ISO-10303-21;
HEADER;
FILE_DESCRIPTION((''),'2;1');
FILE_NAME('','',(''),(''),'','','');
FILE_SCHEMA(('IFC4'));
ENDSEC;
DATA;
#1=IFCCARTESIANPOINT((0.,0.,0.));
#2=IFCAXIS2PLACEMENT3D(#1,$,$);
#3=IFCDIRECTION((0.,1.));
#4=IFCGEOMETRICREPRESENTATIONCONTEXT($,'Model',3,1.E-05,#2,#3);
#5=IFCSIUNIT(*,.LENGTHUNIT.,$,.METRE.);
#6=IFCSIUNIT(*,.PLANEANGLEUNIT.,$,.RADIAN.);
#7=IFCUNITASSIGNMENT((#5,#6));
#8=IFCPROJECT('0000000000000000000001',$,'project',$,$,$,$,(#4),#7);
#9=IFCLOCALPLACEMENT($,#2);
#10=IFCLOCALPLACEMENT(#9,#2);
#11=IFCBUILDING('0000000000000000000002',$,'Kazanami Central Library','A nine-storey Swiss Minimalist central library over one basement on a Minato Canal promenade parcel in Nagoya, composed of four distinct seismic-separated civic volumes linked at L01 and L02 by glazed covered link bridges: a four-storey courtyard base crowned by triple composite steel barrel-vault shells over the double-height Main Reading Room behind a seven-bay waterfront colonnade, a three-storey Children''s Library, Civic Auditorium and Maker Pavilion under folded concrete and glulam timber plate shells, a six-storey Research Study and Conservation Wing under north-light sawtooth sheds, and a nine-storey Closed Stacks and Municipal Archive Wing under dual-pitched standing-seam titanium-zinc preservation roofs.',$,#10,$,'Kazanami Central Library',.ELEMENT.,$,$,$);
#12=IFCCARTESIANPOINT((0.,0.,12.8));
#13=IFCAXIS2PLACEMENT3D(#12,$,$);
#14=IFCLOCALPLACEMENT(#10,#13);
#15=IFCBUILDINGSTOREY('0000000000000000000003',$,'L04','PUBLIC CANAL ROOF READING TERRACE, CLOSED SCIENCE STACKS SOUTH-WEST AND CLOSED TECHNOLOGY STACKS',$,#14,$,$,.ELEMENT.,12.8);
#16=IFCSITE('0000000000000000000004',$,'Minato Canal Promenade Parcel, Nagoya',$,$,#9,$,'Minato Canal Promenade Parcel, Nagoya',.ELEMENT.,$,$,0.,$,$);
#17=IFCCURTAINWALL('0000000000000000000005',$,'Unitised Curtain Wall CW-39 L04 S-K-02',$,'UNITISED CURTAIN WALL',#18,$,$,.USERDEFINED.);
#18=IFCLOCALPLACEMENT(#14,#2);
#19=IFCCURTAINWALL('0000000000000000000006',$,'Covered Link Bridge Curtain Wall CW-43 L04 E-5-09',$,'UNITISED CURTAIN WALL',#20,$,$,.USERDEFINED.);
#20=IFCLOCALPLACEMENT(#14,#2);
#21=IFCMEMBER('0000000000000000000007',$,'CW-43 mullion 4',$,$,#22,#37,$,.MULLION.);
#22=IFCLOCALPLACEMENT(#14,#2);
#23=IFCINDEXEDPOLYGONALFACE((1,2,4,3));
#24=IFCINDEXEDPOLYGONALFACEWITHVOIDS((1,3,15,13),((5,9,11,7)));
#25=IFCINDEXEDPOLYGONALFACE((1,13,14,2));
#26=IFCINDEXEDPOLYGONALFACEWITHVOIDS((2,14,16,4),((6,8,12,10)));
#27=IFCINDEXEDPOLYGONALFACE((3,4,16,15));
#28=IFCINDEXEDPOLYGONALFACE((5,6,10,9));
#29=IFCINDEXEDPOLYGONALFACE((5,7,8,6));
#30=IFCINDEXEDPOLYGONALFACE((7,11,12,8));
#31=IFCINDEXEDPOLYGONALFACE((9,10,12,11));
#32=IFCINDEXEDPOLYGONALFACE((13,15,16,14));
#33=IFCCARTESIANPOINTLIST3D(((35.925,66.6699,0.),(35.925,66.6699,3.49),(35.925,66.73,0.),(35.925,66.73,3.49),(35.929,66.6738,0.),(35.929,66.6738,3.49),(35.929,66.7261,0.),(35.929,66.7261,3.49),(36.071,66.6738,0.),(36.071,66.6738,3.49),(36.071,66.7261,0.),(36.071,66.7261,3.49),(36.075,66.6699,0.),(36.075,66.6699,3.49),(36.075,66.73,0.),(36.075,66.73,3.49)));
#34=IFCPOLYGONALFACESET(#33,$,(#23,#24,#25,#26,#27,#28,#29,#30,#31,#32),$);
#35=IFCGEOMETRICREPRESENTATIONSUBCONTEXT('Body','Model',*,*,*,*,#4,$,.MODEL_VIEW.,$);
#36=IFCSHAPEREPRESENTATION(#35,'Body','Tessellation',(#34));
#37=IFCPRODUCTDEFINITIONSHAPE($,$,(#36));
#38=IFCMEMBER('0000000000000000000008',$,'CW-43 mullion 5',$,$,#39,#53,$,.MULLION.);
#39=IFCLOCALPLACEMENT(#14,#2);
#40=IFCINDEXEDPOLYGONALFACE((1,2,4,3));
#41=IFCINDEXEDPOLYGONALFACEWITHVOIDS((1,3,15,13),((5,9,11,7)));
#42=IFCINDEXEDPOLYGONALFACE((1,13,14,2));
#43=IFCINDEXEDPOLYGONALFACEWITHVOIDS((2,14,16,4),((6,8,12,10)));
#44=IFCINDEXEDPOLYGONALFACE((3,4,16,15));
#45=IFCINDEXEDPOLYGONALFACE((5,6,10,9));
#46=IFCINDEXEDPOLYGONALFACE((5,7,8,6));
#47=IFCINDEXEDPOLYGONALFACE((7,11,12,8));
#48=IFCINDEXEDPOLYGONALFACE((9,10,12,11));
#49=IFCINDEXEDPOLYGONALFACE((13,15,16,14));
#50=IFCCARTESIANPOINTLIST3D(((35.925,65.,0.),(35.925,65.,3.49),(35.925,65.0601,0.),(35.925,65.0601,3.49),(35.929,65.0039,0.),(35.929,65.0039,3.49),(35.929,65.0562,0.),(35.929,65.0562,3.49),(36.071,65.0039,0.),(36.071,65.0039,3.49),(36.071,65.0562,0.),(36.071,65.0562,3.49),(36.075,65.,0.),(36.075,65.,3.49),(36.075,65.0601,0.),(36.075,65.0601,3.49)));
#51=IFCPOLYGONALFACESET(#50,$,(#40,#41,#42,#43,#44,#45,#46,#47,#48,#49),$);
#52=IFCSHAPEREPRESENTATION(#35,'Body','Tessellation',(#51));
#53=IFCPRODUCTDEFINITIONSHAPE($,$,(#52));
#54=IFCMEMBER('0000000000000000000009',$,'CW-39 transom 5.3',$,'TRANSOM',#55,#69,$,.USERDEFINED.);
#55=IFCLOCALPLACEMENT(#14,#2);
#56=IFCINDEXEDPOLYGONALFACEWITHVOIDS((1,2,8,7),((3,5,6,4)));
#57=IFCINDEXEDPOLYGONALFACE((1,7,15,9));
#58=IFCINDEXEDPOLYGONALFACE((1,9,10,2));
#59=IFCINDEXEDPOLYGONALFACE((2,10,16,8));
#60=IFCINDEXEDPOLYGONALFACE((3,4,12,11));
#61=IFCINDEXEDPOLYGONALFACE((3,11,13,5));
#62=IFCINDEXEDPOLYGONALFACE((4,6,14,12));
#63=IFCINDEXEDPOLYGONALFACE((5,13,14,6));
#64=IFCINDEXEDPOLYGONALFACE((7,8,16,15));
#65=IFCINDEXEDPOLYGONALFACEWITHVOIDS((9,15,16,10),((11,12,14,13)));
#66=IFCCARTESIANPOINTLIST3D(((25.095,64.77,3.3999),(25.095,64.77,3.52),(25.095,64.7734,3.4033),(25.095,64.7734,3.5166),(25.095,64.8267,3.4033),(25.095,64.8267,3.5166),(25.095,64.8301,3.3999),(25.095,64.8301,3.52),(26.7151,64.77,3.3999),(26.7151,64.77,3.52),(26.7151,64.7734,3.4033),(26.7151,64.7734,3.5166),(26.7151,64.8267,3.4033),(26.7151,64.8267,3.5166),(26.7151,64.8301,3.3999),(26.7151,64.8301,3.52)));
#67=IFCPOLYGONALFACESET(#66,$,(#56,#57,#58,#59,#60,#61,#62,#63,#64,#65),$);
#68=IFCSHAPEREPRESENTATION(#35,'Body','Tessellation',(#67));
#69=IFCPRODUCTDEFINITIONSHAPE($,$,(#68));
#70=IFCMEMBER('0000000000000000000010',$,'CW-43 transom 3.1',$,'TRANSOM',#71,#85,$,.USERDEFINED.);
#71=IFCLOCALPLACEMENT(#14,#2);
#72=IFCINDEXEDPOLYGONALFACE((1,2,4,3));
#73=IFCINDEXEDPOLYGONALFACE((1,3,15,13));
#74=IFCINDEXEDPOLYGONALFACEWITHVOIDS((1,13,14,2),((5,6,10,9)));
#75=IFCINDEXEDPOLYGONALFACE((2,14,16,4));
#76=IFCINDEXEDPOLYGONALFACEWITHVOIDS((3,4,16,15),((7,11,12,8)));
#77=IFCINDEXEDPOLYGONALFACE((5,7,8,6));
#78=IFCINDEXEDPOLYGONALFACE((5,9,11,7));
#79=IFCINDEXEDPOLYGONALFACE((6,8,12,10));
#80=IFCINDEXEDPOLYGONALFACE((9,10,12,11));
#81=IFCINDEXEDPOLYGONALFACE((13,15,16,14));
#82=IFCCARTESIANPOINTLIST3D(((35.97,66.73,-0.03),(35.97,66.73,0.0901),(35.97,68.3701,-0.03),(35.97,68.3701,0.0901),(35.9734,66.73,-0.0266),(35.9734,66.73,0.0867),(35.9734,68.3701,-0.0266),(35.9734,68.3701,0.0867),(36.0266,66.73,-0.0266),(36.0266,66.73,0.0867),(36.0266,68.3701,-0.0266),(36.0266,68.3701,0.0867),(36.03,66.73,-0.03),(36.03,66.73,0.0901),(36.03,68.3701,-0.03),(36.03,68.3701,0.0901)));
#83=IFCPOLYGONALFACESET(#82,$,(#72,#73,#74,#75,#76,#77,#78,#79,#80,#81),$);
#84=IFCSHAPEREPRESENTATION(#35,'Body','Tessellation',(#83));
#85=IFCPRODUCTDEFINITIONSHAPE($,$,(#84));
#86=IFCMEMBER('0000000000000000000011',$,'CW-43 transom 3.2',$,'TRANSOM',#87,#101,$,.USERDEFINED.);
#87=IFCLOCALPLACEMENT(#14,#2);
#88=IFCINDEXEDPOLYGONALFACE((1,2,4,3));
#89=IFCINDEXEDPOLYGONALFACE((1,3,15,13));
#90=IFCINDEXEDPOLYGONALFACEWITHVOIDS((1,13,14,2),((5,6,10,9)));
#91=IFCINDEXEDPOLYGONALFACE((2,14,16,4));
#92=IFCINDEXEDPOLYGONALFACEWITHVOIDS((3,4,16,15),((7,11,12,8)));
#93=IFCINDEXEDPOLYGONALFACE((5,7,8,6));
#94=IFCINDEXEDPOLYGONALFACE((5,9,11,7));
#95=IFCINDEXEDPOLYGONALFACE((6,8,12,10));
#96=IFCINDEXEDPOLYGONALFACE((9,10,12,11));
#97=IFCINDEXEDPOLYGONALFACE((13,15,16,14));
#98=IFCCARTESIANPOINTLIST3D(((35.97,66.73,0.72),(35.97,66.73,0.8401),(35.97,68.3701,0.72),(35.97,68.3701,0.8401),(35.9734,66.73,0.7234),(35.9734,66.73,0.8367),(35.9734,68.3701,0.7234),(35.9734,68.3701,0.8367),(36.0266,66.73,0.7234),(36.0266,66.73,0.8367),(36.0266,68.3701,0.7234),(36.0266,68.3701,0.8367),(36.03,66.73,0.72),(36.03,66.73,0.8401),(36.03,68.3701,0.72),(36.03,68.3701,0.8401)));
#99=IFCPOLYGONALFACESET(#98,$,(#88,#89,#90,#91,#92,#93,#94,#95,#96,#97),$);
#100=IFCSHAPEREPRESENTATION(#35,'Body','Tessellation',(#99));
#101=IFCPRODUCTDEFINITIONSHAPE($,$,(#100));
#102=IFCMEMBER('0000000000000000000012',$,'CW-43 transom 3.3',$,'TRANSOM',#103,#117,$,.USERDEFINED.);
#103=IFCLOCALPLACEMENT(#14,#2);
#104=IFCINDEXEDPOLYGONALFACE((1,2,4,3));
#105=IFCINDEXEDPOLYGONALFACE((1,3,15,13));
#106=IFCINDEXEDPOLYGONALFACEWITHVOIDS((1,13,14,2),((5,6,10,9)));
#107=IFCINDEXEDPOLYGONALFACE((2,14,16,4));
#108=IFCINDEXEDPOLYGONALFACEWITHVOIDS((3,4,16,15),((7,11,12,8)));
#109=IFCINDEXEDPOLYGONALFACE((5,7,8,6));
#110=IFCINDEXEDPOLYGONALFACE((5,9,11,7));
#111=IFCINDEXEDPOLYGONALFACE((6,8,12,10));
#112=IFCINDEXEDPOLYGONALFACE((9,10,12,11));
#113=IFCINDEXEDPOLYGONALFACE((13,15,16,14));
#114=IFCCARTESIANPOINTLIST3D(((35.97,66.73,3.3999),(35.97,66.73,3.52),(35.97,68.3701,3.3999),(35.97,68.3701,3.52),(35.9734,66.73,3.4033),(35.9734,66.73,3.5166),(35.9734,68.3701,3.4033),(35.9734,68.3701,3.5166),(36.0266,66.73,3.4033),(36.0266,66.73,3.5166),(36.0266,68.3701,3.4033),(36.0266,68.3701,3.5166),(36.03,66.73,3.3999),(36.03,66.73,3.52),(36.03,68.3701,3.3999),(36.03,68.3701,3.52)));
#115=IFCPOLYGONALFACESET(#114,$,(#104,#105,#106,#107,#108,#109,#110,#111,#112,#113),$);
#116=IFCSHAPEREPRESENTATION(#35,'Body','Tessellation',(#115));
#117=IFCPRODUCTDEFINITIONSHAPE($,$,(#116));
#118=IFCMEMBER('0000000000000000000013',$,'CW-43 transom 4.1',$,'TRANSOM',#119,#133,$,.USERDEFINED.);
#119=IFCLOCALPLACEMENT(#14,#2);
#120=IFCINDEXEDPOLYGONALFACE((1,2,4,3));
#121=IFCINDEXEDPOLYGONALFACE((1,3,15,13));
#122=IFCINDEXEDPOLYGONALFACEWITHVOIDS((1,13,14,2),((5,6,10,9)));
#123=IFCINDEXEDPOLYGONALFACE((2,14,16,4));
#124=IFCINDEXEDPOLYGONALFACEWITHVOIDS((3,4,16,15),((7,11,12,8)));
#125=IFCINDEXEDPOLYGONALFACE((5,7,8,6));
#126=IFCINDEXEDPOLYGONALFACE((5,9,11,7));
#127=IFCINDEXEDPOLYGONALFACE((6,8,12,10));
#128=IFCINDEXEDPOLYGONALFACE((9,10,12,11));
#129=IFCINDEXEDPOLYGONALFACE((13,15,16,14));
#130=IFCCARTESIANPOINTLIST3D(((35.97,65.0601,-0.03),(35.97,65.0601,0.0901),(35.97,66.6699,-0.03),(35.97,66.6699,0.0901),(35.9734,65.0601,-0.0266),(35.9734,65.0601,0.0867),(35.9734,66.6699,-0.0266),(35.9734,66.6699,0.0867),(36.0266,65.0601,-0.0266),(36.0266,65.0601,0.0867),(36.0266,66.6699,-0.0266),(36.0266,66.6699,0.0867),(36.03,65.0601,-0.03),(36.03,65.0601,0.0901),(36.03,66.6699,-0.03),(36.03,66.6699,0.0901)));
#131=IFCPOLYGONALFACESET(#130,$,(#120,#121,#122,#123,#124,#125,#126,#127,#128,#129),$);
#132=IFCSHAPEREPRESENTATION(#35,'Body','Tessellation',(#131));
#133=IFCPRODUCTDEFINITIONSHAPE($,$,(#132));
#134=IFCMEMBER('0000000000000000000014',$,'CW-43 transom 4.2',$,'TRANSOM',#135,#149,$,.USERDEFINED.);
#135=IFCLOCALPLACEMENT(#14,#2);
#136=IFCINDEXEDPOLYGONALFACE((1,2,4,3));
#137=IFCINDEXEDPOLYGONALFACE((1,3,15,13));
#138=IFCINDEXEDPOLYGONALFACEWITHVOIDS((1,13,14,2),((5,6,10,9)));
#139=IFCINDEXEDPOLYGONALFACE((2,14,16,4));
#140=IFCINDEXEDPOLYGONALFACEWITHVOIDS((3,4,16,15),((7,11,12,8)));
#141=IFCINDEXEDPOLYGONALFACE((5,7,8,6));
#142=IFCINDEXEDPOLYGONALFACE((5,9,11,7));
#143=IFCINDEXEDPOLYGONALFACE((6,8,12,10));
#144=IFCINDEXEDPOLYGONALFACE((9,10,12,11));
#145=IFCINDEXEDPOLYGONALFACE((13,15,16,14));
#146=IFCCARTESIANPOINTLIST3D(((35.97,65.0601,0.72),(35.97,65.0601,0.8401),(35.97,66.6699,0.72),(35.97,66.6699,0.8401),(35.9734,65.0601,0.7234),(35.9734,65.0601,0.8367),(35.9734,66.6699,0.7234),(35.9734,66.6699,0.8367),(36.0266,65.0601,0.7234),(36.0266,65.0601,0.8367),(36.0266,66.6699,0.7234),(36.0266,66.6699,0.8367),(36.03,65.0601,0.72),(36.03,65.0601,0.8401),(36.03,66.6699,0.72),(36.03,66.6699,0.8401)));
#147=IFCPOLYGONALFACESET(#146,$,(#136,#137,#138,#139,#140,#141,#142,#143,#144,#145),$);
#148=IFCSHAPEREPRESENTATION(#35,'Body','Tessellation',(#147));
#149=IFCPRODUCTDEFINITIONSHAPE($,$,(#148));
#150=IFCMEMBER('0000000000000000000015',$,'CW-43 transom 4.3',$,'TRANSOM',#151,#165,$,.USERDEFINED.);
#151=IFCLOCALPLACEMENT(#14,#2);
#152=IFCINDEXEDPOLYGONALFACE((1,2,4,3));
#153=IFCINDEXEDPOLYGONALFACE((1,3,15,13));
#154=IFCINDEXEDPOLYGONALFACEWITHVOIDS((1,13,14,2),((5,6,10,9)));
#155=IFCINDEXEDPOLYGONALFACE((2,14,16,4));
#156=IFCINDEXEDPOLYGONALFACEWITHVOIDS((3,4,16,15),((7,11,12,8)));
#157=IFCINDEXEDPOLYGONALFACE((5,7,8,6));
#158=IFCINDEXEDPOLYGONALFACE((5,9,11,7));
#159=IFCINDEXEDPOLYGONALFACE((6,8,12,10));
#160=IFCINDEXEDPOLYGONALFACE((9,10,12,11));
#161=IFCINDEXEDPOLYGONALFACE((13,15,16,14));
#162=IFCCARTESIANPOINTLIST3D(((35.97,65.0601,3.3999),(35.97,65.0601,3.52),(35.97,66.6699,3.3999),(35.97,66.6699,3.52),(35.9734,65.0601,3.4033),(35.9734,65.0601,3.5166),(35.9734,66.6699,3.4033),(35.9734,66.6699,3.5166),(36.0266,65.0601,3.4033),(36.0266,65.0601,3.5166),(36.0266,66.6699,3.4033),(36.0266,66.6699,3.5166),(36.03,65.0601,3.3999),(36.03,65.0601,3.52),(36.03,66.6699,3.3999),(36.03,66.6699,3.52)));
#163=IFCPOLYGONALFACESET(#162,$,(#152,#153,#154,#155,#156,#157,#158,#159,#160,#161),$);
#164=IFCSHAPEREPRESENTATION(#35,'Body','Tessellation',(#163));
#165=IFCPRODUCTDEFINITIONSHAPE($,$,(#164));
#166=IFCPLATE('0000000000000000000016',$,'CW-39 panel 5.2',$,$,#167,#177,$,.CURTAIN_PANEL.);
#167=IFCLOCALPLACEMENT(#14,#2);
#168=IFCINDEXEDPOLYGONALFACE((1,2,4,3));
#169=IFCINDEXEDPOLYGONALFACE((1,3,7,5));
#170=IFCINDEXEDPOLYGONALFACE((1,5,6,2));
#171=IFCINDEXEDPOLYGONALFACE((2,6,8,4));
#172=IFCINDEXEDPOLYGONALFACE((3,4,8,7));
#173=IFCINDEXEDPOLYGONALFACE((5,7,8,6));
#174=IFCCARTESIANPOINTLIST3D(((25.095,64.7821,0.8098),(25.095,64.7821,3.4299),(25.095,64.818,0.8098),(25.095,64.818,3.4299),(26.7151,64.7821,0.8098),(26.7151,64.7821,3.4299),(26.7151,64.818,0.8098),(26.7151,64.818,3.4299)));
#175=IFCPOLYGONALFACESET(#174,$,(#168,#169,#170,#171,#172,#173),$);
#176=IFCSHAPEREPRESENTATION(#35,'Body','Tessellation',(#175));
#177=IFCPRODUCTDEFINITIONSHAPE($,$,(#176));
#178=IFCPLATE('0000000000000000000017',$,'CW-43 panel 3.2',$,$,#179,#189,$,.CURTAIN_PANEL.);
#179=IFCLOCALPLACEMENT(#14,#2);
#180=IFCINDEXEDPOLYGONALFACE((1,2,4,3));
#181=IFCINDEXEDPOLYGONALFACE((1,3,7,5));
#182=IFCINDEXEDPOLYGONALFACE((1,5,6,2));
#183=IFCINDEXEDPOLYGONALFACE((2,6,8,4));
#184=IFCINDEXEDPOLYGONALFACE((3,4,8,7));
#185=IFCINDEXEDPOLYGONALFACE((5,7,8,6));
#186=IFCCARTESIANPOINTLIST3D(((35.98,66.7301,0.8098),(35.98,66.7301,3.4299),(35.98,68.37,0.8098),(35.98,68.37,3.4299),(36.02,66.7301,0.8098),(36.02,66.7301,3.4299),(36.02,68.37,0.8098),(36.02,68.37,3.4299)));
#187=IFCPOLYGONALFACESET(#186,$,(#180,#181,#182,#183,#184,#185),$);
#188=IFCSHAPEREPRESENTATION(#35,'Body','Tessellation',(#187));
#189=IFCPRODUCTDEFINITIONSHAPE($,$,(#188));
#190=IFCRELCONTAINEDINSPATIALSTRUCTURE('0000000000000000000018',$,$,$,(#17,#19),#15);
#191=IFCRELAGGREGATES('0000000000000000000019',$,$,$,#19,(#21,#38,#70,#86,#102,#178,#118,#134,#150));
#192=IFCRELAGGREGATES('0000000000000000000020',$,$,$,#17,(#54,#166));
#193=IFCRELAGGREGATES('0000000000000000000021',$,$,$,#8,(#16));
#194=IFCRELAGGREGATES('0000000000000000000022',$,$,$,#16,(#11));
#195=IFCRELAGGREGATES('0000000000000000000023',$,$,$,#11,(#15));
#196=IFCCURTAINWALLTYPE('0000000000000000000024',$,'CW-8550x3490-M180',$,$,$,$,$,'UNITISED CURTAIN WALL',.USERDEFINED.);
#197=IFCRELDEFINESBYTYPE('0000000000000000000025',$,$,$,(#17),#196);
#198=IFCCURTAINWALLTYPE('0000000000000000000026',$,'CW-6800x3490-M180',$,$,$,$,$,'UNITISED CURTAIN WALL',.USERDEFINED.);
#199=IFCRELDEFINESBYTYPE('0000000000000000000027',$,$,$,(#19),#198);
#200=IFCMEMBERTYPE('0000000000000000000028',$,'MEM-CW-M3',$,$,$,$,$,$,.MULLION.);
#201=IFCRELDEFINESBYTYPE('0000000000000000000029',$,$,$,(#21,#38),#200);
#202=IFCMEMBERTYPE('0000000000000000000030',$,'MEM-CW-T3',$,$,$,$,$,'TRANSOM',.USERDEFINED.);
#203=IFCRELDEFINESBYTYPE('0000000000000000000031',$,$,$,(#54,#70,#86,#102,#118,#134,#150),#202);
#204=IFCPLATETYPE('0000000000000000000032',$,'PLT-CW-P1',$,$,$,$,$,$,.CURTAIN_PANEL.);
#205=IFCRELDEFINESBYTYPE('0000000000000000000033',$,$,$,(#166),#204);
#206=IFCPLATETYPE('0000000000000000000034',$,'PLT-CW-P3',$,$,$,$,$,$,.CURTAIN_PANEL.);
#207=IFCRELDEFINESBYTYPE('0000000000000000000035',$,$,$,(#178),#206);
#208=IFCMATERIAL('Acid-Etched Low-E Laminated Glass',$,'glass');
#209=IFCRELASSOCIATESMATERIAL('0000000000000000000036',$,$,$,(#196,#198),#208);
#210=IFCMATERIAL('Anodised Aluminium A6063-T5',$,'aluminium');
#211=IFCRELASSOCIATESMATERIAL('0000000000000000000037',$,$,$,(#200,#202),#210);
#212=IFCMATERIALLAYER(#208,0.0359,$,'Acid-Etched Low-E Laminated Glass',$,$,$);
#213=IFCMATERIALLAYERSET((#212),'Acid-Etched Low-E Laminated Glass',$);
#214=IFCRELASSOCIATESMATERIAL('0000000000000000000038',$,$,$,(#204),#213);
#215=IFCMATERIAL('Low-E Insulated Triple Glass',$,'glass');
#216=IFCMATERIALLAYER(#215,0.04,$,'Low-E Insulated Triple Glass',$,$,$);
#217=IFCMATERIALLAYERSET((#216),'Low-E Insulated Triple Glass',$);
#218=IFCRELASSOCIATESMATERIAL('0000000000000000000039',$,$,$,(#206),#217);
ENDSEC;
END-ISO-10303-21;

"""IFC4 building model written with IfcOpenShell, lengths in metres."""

from ifc_helpers import new_model, si_unit, direction, frame, origin, origin_2d, place, context, subcontext, project, spatial, rectangle, hollow_rectangle, extrude, material, layer, layer_set, material_profile, profile_set, type_object, element, aggregate, save


model = new_model("IFC4")

# Units and contexts
model_context = context("Model", 3, precision=1e-05, world=origin(), true_north=direction((0.0, 1.0)))
body_context = subcontext(model_context, "Body", "Model", "MODEL_VIEW")
ifc_project = project(units=[si_unit("LENGTHUNIT", "METRE"), si_unit("PLANEANGLEUNIT", "RADIAN")], contexts=[model_context])

# Site, building, storey
site_placement = place(None, origin())
site = spatial("IfcSite", under=ifc_project, at=site_placement, Name="Minato Canal Promenade Parcel, Nagoya", LongName="Minato Canal Promenade Parcel, Nagoya", CompositionType="ELEMENT", RefElevation=0.0)
building_placement = place(site_placement, origin())
building = spatial("IfcBuilding", under=site, at=building_placement, Name="Kazanami Central Library", Description="A nine-storey Swiss Minimalist central library over one basement on a Minato Canal promenade parcel in Nagoya, composed of four distinct seismic-separated civic volumes linked at L01 and L02 by glazed covered link bridges: a four-storey courtyard base crowned by triple composite steel barrel-vault shells over the double-height Main Reading Room behind a seven-bay waterfront colonnade, a three-storey Children's Library, Civic Auditorium and Maker Pavilion under folded concrete and glulam timber plate shells, a six-storey Research Study and Conservation Wing under north-light sawtooth sheds, and a nine-storey Closed Stacks and Municipal Archive Wing under dual-pitched standing-seam titanium-zinc preservation roofs.", LongName="Kazanami Central Library", CompositionType="ELEMENT")
storey_placement = place(building_placement, frame((0.0, 0.0, 12.8)))
storey = spatial("IfcBuildingStorey", under=building, at=storey_placement, Name="L04", Description="PUBLIC CANAL ROOF READING TERRACE, CLOSED SCIENCE STACKS SOUTH-WEST AND CLOSED TECHNOLOGY STACKS", CompositionType="ELEMENT", Elevation=12.8)

# Curtain wall
ifc_material_1 = material(Name="Acid-Etched Low-E Laminated Glass", Category="glass")
curtain_wall_type_1 = type_object("IfcCurtainWallType", Name="CW-8550x3490-M180", ElementType="UNITISED CURTAIN WALL", PredefinedType="USERDEFINED", material=ifc_material_1)
curtain_wall_1_placement = place(storey_placement, origin())
curtain_wall_1 = element("IfcCurtainWall", 1, at=curtain_wall_1_placement, inside=storey, type_object=curtain_wall_type_1, Name="Unitised Curtain Wall CW-39 L04 S-K-02", ObjectType="UNITISED CURTAIN WALL", PredefinedType="USERDEFINED")
ifc_material_2 = material(Name="Anodised Aluminium A6063-T5", Category="aluminium")
ifc_material_profile_1 = material_profile(ifc_material_2, hollow_rectangle(XDim=0.0601, YDim=0.1499, WallThickness=0.0039, at=origin_2d()), Name="ALU-MULL-60x150x4")
ifc_profile_set_1 = profile_set([ifc_material_profile_1], Name="Anodised Aluminium A6063-T5")
member_type_1 = type_object("IfcMemberType", Name="MEM-CW-M3", PredefinedType="MULLION", material=ifc_profile_set_1)

# Curtain wall, members
curtain_wall_type_2 = type_object("IfcCurtainWallType", Name="CW-6800x3490-M180", ElementType="UNITISED CURTAIN WALL", PredefinedType="USERDEFINED", material=ifc_material_1)
curtain_wall_2_placement = place(storey_placement, origin())
curtain_wall_2 = element("IfcCurtainWall", 2, at=curtain_wall_2_placement, inside=storey, type_object=curtain_wall_type_2, Name="Covered Link Bridge Curtain Wall CW-43 L04 E-5-09", ObjectType="UNITISED CURTAIN WALL", PredefinedType="USERDEFINED")
member_1_placement = place(storey_placement, frame((36.0, 66.7, 0.0), z_axis=(0.0, 0.0, 1.0), x_axis=(0.0, -1.0, 0.0)))
member_1 = element("IfcMember", 3, at=member_1_placement, type_object=member_type_1, Name="CW-43 mullion 4", PredefinedType="MULLION", context=body_context, shape_type="SweptSolid", body=[
    extrude(hollow_rectangle(XDim=0.0601, YDim=0.1499, WallThickness=0.0039, at=origin_2d()), origin(), (0.0, 0.0, 1.0), 3.49),
])
member_2_placement = place(storey_placement, frame((36.0, 65.03, 0.0), z_axis=(0.0, 0.0, 1.0), x_axis=(0.0, -1.0, 0.0)))
member_2 = element("IfcMember", 4, at=member_2_placement, type_object=member_type_1, Name="CW-43 mullion 5", PredefinedType="MULLION", context=body_context, shape_type="SweptSolid", body=[
    extrude(hollow_rectangle(XDim=0.0601, YDim=0.1499, WallThickness=0.0039, at=origin_2d()), origin(), (0.0, 0.0, 1.0), 3.49),
])

# Members
ifc_material_profile_2 = material_profile(ifc_material_2, hollow_rectangle(XDim=0.0601, YDim=0.1201, WallThickness=0.0034, at=origin_2d()), Name="ALU-TRAN-60x120x3.5")
ifc_profile_set_2 = profile_set([ifc_material_profile_2], Name="Anodised Aluminium A6063-T5")
member_type_2 = type_object("IfcMemberType", Name="MEM-CW-T3", ElementType="TRANSOM", PredefinedType="USERDEFINED", material=ifc_profile_set_2)
member_3_placement = place(storey_placement, frame((25.095, 64.8, 3.46), z_axis=(1.0, 0.0, 0.0), x_axis=(0.0, 1.0, 0.0)))
member_3 = element("IfcMember", 5, at=member_3_placement, type_object=member_type_2, Name="CW-39 transom 5.3", ObjectType="TRANSOM", PredefinedType="USERDEFINED", context=body_context, shape_type="SweptSolid", body=[
    extrude(hollow_rectangle(XDim=0.0601, YDim=0.1201, WallThickness=0.0034, at=origin_2d()), origin(), (0.0, 0.0, 1.0), 1.6201),
])
member_4_placement = place(storey_placement, frame((36.0, 68.3701, 0.03), z_axis=(0.0, -1.0, 0.0), x_axis=(1.0, 0.0, 0.0)))
member_4 = element("IfcMember", 6, at=member_4_placement, type_object=member_type_2, Name="CW-43 transom 3.1", ObjectType="TRANSOM", PredefinedType="USERDEFINED", context=body_context, shape_type="SweptSolid", body=[
    extrude(hollow_rectangle(XDim=0.0601, YDim=0.1201, WallThickness=0.0034, at=origin_2d()), origin(), (0.0, 0.0, 1.0), 1.6401),
])
member_5_placement = place(storey_placement, frame((36.0, 68.3701, 0.78), z_axis=(0.0, -1.0, 0.0), x_axis=(1.0, 0.0, 0.0)))
member_5 = element("IfcMember", 7, at=member_5_placement, type_object=member_type_2, Name="CW-43 transom 3.2", ObjectType="TRANSOM", PredefinedType="USERDEFINED", context=body_context, shape_type="SweptSolid", body=[
    extrude(hollow_rectangle(XDim=0.0601, YDim=0.1201, WallThickness=0.0034, at=origin_2d()), origin(), (0.0, 0.0, 1.0), 1.6401),
])
member_6_placement = place(storey_placement, frame((36.0, 68.3701, 3.46), z_axis=(0.0, -1.0, 0.0), x_axis=(1.0, 0.0, 0.0)))
member_6 = element("IfcMember", 8, at=member_6_placement, type_object=member_type_2, Name="CW-43 transom 3.3", ObjectType="TRANSOM", PredefinedType="USERDEFINED", context=body_context, shape_type="SweptSolid", body=[
    extrude(hollow_rectangle(XDim=0.0601, YDim=0.1201, WallThickness=0.0034, at=origin_2d()), origin(), (0.0, 0.0, 1.0), 1.6401),
])
member_7_placement = place(storey_placement, frame((36.0, 66.6699, 0.03), z_axis=(0.0, -1.0, 0.0), x_axis=(1.0, 0.0, 0.0)))
member_7 = element("IfcMember", 9, at=member_7_placement, type_object=member_type_2, Name="CW-43 transom 4.1", ObjectType="TRANSOM", PredefinedType="USERDEFINED", context=body_context, shape_type="SweptSolid", body=[
    extrude(hollow_rectangle(XDim=0.0601, YDim=0.1201, WallThickness=0.0034, at=origin_2d()), origin(), (0.0, 0.0, 1.0), 1.6099),
])
member_8_placement = place(storey_placement, frame((36.0, 66.6699, 0.78), z_axis=(0.0, -1.0, 0.0), x_axis=(1.0, 0.0, 0.0)))
member_8 = element("IfcMember", 10, at=member_8_placement, type_object=member_type_2, Name="CW-43 transom 4.2", ObjectType="TRANSOM", PredefinedType="USERDEFINED", context=body_context, shape_type="SweptSolid", body=[
    extrude(hollow_rectangle(XDim=0.0601, YDim=0.1201, WallThickness=0.0034, at=origin_2d()), origin(), (0.0, 0.0, 1.0), 1.6099),
])
member_9_placement = place(storey_placement, frame((36.0, 66.6699, 3.46), z_axis=(0.0, -1.0, 0.0), x_axis=(1.0, 0.0, 0.0)))
member_9 = element("IfcMember", 11, at=member_9_placement, type_object=member_type_2, Name="CW-43 transom 4.3", ObjectType="TRANSOM", PredefinedType="USERDEFINED", context=body_context, shape_type="SweptSolid", body=[
    extrude(hollow_rectangle(XDim=0.0601, YDim=0.1201, WallThickness=0.0034, at=origin_2d()), origin(), (0.0, 0.0, 1.0), 1.6099),
])

# Plates
ifc_layer_1 = layer(ifc_material_1, 0.0359, Name="Acid-Etched Low-E Laminated Glass")
ifc_layer_set_1 = layer_set([ifc_layer_1], Name="Acid-Etched Low-E Laminated Glass")
plate_type_1 = type_object("IfcPlateType", Name="PLT-CW-P1", PredefinedType="CURTAIN_PANEL", material=ifc_layer_set_1)
plate_1_placement = place(storey_placement, frame((25.905, 64.8, 0.8098), z_axis=(0.0, 0.0, 1.0), x_axis=(1.0, 0.0, 0.0)))
plate_1 = element("IfcPlate", 12, at=plate_1_placement, type_object=plate_type_1, Name="CW-39 panel 5.2", PredefinedType="CURTAIN_PANEL", context=body_context, shape_type="SweptSolid", body=[
    extrude(rectangle(XDim=1.6201, YDim=0.0359, at=origin_2d()), origin(), (0.0, 0.0, 1.0), 2.6201),
])
ifc_material_3 = material(Name="Low-E Insulated Triple Glass", Category="glass")
ifc_layer_2 = layer(ifc_material_3, 0.04, Name="Low-E Insulated Triple Glass")
ifc_layer_set_2 = layer_set([ifc_layer_2], Name="Low-E Insulated Triple Glass")
plate_type_2 = type_object("IfcPlateType", Name="PLT-CW-P3", PredefinedType="CURTAIN_PANEL", material=ifc_layer_set_2)
plate_2_placement = place(storey_placement, frame((36.0, 67.55, 0.8098), z_axis=(0.0, 0.0, 1.0), x_axis=(0.0, -1.0, 0.0)))
plate_2 = element("IfcPlate", 13, at=plate_2_placement, type_object=plate_type_2, Name="CW-43 panel 3.2", PredefinedType="CURTAIN_PANEL", context=body_context, shape_type="SweptSolid", body=[
    extrude(rectangle(XDim=1.6399, YDim=0.04, at=origin_2d()), origin(), (0.0, 0.0, 1.0), 2.6201),
])
aggregate(curtain_wall_2, [member_1, member_2, member_4, member_5, member_6, plate_2, member_7, member_8, member_9])
aggregate(curtain_wall_1, [member_3, plate_1])

save(model, "model.ifc")
